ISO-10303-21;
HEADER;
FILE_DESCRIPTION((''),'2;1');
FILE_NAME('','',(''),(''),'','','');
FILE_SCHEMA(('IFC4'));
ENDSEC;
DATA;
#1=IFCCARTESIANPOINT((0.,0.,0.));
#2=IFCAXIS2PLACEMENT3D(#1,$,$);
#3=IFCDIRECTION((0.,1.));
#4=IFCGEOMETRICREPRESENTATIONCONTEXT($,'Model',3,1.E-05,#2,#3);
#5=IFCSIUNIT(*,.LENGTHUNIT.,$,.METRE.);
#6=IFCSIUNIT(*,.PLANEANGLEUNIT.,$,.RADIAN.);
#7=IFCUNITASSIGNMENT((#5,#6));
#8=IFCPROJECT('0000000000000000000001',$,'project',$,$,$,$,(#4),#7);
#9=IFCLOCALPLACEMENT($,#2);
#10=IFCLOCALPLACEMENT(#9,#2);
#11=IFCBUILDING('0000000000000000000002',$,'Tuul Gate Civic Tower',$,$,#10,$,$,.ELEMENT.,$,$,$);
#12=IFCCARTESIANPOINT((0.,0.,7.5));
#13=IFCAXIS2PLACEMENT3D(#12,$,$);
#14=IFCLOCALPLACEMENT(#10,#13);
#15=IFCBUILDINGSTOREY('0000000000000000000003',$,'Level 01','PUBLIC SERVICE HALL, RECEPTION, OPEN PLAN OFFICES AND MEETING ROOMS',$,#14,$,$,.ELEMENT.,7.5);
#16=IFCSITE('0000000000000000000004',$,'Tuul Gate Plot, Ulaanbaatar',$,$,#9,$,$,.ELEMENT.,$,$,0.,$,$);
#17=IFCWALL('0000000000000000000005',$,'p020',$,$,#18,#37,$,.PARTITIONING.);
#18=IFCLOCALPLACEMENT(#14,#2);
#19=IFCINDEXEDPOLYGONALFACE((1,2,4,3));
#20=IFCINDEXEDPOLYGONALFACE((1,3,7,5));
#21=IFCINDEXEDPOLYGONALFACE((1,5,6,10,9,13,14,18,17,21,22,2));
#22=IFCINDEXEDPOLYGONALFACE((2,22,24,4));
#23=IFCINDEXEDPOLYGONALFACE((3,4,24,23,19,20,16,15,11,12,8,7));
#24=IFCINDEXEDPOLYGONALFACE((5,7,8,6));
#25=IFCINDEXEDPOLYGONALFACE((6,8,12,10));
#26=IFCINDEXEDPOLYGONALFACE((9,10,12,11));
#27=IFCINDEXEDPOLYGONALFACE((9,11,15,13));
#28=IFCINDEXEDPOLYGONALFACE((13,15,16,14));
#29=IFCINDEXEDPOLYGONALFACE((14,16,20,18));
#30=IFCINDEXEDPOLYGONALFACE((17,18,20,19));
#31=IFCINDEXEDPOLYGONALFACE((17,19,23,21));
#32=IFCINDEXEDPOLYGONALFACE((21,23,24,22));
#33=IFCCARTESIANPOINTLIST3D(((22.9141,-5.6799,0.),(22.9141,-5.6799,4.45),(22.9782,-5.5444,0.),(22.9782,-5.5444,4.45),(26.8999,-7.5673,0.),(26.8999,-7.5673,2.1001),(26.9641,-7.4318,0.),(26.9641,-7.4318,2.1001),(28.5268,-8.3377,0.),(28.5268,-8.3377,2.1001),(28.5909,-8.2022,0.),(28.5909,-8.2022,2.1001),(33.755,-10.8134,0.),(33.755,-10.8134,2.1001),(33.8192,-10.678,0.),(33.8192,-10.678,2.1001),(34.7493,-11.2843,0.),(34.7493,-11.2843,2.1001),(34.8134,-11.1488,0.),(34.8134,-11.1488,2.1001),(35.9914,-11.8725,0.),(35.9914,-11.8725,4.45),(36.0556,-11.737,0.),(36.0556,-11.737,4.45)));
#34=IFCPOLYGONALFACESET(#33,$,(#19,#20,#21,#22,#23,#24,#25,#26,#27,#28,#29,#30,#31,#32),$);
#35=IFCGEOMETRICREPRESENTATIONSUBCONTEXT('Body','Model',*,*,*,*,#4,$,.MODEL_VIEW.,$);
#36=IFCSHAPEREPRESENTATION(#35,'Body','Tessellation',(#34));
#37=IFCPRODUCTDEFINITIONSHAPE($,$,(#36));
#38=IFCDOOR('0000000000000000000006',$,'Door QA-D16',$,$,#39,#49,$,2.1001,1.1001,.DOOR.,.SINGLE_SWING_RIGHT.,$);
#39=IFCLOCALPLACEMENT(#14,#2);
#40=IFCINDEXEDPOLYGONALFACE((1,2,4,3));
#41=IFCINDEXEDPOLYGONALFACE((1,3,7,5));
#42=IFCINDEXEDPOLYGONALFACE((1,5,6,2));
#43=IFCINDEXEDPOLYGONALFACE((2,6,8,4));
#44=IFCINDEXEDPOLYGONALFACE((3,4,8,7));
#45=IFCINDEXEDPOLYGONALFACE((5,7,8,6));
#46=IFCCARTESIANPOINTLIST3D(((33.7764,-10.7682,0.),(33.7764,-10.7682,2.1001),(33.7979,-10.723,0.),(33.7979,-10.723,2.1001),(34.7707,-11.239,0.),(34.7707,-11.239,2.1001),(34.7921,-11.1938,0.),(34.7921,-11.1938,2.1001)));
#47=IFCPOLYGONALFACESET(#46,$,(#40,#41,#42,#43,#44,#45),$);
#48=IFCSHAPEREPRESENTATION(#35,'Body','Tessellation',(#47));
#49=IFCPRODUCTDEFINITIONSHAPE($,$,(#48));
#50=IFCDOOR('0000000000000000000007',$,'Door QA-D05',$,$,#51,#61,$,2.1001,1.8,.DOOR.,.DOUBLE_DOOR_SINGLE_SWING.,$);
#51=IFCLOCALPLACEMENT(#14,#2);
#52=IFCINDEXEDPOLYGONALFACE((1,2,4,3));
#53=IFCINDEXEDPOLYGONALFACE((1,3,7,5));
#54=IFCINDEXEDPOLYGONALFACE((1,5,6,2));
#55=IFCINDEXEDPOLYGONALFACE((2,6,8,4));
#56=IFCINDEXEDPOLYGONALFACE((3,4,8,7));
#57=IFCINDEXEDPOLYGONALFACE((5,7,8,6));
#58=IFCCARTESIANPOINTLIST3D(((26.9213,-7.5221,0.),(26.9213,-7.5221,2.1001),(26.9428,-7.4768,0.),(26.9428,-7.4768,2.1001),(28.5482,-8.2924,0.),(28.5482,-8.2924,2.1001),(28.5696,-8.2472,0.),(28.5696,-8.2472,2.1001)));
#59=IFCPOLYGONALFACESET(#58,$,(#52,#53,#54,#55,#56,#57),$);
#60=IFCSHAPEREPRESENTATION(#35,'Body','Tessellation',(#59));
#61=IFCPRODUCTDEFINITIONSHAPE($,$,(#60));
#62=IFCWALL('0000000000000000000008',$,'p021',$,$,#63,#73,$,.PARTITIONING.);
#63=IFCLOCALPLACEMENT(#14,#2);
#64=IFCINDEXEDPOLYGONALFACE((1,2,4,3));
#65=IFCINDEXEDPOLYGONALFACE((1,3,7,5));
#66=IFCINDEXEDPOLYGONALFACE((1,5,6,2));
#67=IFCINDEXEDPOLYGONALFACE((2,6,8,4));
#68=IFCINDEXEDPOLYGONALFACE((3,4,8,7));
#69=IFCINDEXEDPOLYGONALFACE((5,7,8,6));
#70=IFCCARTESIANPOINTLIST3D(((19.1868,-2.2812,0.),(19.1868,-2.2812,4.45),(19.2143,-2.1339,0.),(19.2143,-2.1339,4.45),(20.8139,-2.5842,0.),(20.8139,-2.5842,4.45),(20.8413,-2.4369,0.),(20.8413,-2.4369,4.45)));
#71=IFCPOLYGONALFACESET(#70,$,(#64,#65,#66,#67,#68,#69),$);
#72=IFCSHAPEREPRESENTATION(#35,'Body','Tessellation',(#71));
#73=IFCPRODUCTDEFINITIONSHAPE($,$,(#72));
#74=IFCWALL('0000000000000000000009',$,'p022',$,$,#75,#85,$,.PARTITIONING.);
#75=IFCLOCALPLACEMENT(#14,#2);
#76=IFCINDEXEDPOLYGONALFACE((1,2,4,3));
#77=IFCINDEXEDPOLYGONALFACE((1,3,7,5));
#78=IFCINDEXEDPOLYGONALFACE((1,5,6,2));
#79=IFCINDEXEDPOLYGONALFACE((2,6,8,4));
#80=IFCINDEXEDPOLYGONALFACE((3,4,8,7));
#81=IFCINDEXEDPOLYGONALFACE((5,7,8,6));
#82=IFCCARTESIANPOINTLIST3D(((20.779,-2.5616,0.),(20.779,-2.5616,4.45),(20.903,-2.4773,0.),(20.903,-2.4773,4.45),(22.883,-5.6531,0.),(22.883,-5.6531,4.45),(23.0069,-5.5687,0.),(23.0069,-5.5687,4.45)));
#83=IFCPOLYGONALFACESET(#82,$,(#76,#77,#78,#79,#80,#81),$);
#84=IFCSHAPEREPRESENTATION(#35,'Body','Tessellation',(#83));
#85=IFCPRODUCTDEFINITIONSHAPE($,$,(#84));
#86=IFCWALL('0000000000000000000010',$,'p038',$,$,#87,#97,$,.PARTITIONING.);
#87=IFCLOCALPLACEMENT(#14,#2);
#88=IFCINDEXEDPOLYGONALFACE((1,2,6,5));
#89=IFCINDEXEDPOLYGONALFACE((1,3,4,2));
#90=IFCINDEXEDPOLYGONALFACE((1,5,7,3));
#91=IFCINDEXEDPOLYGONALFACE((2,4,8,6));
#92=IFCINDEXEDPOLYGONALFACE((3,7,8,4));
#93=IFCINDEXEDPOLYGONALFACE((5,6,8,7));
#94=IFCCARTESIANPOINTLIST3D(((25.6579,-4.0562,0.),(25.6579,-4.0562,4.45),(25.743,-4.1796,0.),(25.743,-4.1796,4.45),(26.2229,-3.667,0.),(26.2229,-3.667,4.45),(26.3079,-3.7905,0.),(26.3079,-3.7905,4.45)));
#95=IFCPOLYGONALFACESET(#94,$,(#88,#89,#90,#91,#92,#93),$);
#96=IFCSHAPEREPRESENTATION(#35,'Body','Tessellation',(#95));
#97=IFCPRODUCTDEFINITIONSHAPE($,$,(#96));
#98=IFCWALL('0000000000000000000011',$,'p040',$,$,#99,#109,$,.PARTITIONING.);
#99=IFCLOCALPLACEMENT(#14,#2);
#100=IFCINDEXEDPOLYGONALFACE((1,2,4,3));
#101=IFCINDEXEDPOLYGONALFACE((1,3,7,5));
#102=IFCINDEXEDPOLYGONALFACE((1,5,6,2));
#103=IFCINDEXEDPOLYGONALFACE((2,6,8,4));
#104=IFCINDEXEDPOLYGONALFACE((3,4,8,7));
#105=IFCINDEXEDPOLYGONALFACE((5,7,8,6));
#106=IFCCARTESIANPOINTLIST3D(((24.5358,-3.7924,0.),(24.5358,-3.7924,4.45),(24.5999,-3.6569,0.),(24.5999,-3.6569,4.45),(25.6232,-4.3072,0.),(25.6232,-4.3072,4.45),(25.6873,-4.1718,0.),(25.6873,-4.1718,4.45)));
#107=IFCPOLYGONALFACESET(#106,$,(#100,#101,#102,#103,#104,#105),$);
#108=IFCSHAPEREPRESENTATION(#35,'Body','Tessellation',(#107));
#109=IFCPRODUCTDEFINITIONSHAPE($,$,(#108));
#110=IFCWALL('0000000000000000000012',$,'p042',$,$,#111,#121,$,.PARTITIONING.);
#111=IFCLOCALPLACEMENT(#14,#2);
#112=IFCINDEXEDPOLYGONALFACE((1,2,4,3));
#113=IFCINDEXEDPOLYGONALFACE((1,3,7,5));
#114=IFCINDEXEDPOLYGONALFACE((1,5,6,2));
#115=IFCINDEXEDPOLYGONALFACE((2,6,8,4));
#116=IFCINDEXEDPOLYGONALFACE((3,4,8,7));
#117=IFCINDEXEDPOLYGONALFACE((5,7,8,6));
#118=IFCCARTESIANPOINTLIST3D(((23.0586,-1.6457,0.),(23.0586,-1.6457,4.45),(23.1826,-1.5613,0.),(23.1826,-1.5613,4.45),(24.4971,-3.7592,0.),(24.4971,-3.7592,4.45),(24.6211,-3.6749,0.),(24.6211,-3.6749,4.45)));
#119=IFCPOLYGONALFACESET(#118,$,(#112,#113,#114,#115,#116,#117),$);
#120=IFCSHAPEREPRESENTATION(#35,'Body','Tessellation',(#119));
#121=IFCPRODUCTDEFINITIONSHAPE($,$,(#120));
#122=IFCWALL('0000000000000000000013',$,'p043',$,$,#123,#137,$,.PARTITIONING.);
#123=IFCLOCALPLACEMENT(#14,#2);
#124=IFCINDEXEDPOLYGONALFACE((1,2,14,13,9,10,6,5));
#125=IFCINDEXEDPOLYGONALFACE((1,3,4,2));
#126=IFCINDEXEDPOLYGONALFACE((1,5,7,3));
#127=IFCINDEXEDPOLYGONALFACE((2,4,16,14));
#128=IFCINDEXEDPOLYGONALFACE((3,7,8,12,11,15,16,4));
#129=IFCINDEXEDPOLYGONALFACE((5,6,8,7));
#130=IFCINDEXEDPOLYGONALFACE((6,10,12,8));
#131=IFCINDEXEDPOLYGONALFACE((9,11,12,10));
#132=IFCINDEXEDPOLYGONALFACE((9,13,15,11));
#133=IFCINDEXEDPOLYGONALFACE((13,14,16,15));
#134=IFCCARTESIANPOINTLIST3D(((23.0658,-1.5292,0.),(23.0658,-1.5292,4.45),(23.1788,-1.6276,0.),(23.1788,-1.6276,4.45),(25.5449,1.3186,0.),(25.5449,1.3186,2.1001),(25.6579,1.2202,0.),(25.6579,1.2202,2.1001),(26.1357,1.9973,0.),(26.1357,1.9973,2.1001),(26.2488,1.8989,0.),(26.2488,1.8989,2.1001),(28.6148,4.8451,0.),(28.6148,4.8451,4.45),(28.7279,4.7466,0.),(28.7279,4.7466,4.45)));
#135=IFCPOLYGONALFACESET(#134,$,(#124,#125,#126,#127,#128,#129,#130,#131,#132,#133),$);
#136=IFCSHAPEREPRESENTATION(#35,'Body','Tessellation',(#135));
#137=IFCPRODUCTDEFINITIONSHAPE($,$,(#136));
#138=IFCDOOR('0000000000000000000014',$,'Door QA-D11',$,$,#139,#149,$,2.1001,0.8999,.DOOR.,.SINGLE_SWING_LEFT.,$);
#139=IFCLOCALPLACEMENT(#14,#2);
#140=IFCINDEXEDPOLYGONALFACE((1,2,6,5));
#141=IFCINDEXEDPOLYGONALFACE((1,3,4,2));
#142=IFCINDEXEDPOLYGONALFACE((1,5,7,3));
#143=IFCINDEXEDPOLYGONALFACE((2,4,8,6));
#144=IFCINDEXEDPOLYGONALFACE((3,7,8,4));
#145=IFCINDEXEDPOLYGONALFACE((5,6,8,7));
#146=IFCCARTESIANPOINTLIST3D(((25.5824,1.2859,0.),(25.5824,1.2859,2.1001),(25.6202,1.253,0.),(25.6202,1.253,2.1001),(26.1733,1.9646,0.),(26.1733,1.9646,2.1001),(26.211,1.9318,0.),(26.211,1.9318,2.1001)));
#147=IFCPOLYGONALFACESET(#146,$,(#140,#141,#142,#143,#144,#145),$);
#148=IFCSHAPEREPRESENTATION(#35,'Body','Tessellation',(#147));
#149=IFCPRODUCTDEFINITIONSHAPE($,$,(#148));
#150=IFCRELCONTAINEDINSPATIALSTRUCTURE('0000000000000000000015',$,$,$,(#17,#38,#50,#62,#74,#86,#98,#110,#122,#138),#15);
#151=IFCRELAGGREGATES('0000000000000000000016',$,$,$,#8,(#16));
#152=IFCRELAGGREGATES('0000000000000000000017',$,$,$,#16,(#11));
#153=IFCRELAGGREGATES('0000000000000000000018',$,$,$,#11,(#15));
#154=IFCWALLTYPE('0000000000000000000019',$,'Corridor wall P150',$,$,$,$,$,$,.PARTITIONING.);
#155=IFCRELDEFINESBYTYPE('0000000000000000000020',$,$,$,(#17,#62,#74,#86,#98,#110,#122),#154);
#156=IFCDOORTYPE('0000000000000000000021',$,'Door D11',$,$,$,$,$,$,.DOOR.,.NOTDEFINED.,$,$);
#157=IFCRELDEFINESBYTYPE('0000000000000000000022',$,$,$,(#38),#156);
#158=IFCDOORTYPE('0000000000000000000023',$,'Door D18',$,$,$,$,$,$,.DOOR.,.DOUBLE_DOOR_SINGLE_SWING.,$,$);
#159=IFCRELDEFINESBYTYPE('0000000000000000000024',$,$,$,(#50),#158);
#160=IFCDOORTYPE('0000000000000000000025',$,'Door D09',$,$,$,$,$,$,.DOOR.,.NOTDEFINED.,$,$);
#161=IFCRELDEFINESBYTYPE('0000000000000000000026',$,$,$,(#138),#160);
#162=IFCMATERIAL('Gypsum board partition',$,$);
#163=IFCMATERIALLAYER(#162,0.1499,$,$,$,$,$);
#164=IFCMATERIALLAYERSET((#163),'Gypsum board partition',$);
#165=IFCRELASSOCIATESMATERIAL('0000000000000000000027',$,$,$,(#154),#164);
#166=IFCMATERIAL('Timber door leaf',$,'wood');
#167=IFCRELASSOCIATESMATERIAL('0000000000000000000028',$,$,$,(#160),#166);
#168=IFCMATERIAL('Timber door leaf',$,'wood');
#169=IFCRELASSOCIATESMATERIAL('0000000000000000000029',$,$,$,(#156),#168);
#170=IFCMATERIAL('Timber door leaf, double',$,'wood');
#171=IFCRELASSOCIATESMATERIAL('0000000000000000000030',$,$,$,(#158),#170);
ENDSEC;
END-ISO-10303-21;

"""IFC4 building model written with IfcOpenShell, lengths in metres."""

from ifc_helpers import new_model, si_unit, direction, frame, frame_2d, origin, place, context, subcontext, project, spatial, rectangle, extrude, material, layer, layer_set, type_object, element, fill, save


model = new_model("IFC4")

# Units and contexts
model_context = context("Model", 3, precision=1e-05, world=origin(), true_north=direction((0.0, 1.0)))
body_context = subcontext(model_context, "Body", "Model", "MODEL_VIEW")
ifc_project = project(units=[si_unit("LENGTHUNIT", "METRE"), si_unit("PLANEANGLEUNIT", "RADIAN")], contexts=[model_context])

# Site, building, storey
site_placement = place(None, origin())
site = spatial("IfcSite", under=ifc_project, at=site_placement, Name="Tuul Gate Plot, Ulaanbaatar", CompositionType="ELEMENT", RefElevation=0.0)
building_placement = place(site_placement, origin())
building = spatial("IfcBuilding", under=site, at=building_placement, Name="Tuul Gate Civic Tower", CompositionType="ELEMENT")
storey_placement = place(building_placement, frame((0.0, 0.0, 7.5)))
storey = spatial("IfcBuildingStorey", under=building, at=storey_placement, Name="Level 01", Description="PUBLIC SERVICE HALL, RECEPTION, OPEN PLAN OFFICES AND MEETING ROOMS", CompositionType="ELEMENT", Elevation=7.5)

# Shared definitions
ifc_material_1 = material(Name="Gypsum board partition")
ifc_layer_1 = layer(ifc_material_1, 0.1499)
ifc_layer_set_1 = layer_set([ifc_layer_1], Name="Gypsum board partition")
wall_type_1 = type_object("IfcWallType", Name="Corridor wall P150", PredefinedType="PARTITIONING", material=ifc_layer_set_1)
ifc_material_2 = material(Name="Timber door leaf", Category="wood")
door_type_1 = type_object("IfcDoorType", Name="Door D09", OperationType="NOTDEFINED", PredefinedType="DOOR", material=ifc_material_2)

# Wall, openings, doors
wall_1_placement = place(storey_placement, frame((22.946, -5.6121, 0.0), z_axis=(0.0, 0.0, 1.0), x_axis=(0.903789, -0.427978, 0.0)))
wall_1 = element("IfcWall", 1, at=wall_1_placement, inside=storey, type_object=wall_type_1, Name="p020", PredefinedType="PARTITIONING", context=body_context, shape_type="SweptSolid", body=[
    extrude(rectangle(XDim=14.4695, YDim=0.1499, at=frame_2d((7.2349, 0.0))), origin(), (0.0, 0.0, 1.0), 4.45),
])
opening_1_placement = place(wall_1_placement, frame((4.4104, 0.0, 0.0)))
opening_1 = element("IfcOpeningElement", 2, at=opening_1_placement, cuts=wall_1, PredefinedType="OPENING", context=body_context, shape_type="SweptSolid", body=[
    extrude(rectangle(XDim=1.8, YDim=2.1001, at=frame_2d((0.8999, 1.05))), frame((0.0, 0.085, 0.0), z_axis=(0.0, -1.0, 0.0), x_axis=(1.0, 0.0, 0.0)), (0.0, 0.0, 1.0), 0.1699),
])
opening_2_placement = place(wall_1_placement, frame((11.9951, 0.0, 0.0)))
opening_2 = element("IfcOpeningElement", 3, at=opening_2_placement, cuts=wall_1, PredefinedType="OPENING", context=body_context, shape_type="SweptSolid", body=[
    extrude(rectangle(XDim=1.1001, YDim=2.1001, at=frame_2d((0.55, 1.05))), frame((0.0, 0.085, 0.0), z_axis=(0.0, -1.0, 0.0), x_axis=(1.0, 0.0, 0.0)), (0.0, 0.0, 1.0), 0.1699),
])
ifc_material_3 = material(Name="Timber door leaf", Category="wood")
door_type_2 = type_object("IfcDoorType", Name="Door D11", OperationType="NOTDEFINED", PredefinedType="DOOR", material=ifc_material_3)
door_1_placement = place(opening_2_placement, frame((1.1001, 0.0, 0.0), z_axis=(0.0, 0.0, 1.0), x_axis=(-1.0, 0.0, 0.0)))
door_1 = element("IfcDoor", 4, at=door_1_placement, inside=storey, type_object=door_type_2, Name="Door QA-D16", OperationType="SINGLE_SWING_RIGHT", OverallHeight=2.1001, OverallWidth=1.1001, PredefinedType="DOOR", context=body_context, shape_type="SweptSolid", body=[
    extrude(rectangle(XDim=1.1001, YDim=2.1001, at=frame_2d((0.55, 1.05))), frame((0.0, 0.0249, 0.0), z_axis=(0.0, -1.0, 0.0), x_axis=(1.0, 0.0, 0.0)), (0.0, 0.0, 1.0), 0.05),
])
fill(opening_2, door_1)
ifc_material_4 = material(Name="Timber door leaf, double", Category="wood")
door_type_3 = type_object("IfcDoorType", Name="Door D18", OperationType="DOUBLE_DOOR_SINGLE_SWING", PredefinedType="DOOR", material=ifc_material_4)
door_2_placement = place(opening_1_placement, frame((1.8, 0.0, 0.0), z_axis=(0.0, 0.0, 1.0), x_axis=(-1.0, 0.0, 0.0)))
door_2 = element("IfcDoor", 5, at=door_2_placement, inside=storey, type_object=door_type_3, Name="Door QA-D05", OperationType="DOUBLE_DOOR_SINGLE_SWING", OverallHeight=2.1001, OverallWidth=1.8, PredefinedType="DOOR", context=body_context, shape_type="SweptSolid", body=[
    extrude(rectangle(XDim=1.8, YDim=2.1001, at=frame_2d((0.9001, 1.05))), frame((0.0, 0.0249, 0.0), z_axis=(0.0, -1.0, 0.0), x_axis=(1.0, 0.0, 0.0)), (0.0, 0.0, 1.0), 0.05),
])
fill(opening_1, door_2)

# Walls
wall_2_placement = place(storey_placement, frame((19.2004, -2.2075, 0.0), z_axis=(0.0, 0.0, 1.0), x_axis=(0.983099, -0.183077, 0.0)))
element("IfcWall", 6, at=wall_2_placement, inside=storey, type_object=wall_type_1, Name="p021", PredefinedType="PARTITIONING", context=body_context, shape_type="SweptSolid", body=[
    extrude(rectangle(XDim=1.655, YDim=0.1499, at=frame_2d((0.8276, 0.0))), origin(), (0.0, 0.0, 1.0), 4.45),
])
wall_3_placement = place(storey_placement, frame((20.8411, -2.5195, 0.0), z_axis=(0.0, 0.0, 1.0), x_axis=(0.56263, -0.826709, 0.0)))
element("IfcWall", 7, at=wall_3_placement, inside=storey, type_object=wall_type_1, Name="p022", PredefinedType="PARTITIONING", context=body_context, shape_type="SweptSolid", body=[
    extrude(rectangle(XDim=3.7395, YDim=0.1499, at=frame_2d((1.8696, 0.0))), origin(), (0.0, 0.0, 1.0), 4.45),
])
wall_4_placement = place(storey_placement, frame((25.7004, -4.1179, 0.0), z_axis=(0.0, 0.0, 1.0), x_axis=(0.823522, 0.567284, 0.0)))
element("IfcWall", 8, at=wall_4_placement, inside=storey, type_object=wall_type_1, Name="p038", PredefinedType="PARTITIONING", context=body_context, shape_type="SweptSolid", body=[
    extrude(rectangle(XDim=0.686, YDim=0.1499, at=frame_2d((0.343, 0.0))), origin(), (0.0, 0.0, 1.0), 4.45),
])
wall_5_placement = place(storey_placement, frame((24.5679, -3.7246, 0.0), z_axis=(0.0, 0.0, 1.0), x_axis=(0.9038, -0.427955, 0.0)))
element("IfcWall", 9, at=wall_5_placement, inside=storey, type_object=wall_type_1, Name="p040", PredefinedType="PARTITIONING", context=body_context, shape_type="SweptSolid", body=[
    extrude(rectangle(XDim=1.2031, YDim=0.1499, at=frame_2d((0.6016, 0.0))), origin(), (0.0, 0.0, 1.0), 4.45),
])
wall_6_placement = place(storey_placement, frame((23.1206, -1.6035, 0.0), z_axis=(0.0, 0.0, 1.0), x_axis=(0.562652, -0.826694, 0.0)))
element("IfcWall", 10, at=wall_6_placement, inside=storey, type_object=wall_type_1, Name="p042", PredefinedType="PARTITIONING", context=body_context, shape_type="SweptSolid", body=[
    extrude(rectangle(XDim=2.5566, YDim=0.1499, at=frame_2d((1.2783, 0.0))), origin(), (0.0, 0.0, 1.0), 4.45),
])

# Wall, opening, door
wall_7_placement = place(storey_placement, frame((23.1223, -1.5784, 0.0), z_axis=(0.0, 0.0, 1.0), x_axis=(0.656598, 0.75424, 0.0)))
wall_7 = element("IfcWall", 11, at=wall_7_placement, inside=storey, type_object=wall_type_1, Name="p043", PredefinedType="PARTITIONING", context=body_context, shape_type="SweptSolid", body=[
    extrude(rectangle(XDim=8.4512, YDim=0.1499, at=frame_2d((4.2256, 0.0))), origin(), (0.0, 0.0, 1.0), 4.45),
])
opening_3_placement = place(wall_7_placement, frame((3.7756, 0.0, 0.0)))
opening_3 = element("IfcOpeningElement", 12, at=opening_3_placement, cuts=wall_7, PredefinedType="OPENING", context=body_context, shape_type="SweptSolid", body=[
    extrude(rectangle(XDim=0.8999, YDim=2.1001, at=frame_2d((0.45, 1.05))), frame((0.0, 0.085, 0.0), z_axis=(0.0, -1.0, 0.0), x_axis=(1.0, 0.0, 0.0)), (0.0, 0.0, 1.0), 0.1699),
])
door_3_placement = place(opening_3_placement, frame((0.8999, 0.0, 0.0), z_axis=(0.0, 0.0, 1.0), x_axis=(-1.0, 0.0, 0.0)))
door_3 = element("IfcDoor", 13, at=door_3_placement, inside=storey, type_object=door_type_1, Name="Door QA-D11", OperationType="SINGLE_SWING_LEFT", OverallHeight=2.1001, OverallWidth=0.8999, PredefinedType="DOOR", context=body_context, shape_type="SweptSolid", body=[
    extrude(rectangle(XDim=0.8999, YDim=2.1001, at=frame_2d((0.45, 1.05))), frame((0.0, 0.0249, 0.0), z_axis=(0.0, -1.0, 0.0), x_axis=(1.0, 0.0, 0.0)), (0.0, 0.0, 1.0), 0.05),
])
fill(opening_3, door_3)

save(model, "model.ifc")
